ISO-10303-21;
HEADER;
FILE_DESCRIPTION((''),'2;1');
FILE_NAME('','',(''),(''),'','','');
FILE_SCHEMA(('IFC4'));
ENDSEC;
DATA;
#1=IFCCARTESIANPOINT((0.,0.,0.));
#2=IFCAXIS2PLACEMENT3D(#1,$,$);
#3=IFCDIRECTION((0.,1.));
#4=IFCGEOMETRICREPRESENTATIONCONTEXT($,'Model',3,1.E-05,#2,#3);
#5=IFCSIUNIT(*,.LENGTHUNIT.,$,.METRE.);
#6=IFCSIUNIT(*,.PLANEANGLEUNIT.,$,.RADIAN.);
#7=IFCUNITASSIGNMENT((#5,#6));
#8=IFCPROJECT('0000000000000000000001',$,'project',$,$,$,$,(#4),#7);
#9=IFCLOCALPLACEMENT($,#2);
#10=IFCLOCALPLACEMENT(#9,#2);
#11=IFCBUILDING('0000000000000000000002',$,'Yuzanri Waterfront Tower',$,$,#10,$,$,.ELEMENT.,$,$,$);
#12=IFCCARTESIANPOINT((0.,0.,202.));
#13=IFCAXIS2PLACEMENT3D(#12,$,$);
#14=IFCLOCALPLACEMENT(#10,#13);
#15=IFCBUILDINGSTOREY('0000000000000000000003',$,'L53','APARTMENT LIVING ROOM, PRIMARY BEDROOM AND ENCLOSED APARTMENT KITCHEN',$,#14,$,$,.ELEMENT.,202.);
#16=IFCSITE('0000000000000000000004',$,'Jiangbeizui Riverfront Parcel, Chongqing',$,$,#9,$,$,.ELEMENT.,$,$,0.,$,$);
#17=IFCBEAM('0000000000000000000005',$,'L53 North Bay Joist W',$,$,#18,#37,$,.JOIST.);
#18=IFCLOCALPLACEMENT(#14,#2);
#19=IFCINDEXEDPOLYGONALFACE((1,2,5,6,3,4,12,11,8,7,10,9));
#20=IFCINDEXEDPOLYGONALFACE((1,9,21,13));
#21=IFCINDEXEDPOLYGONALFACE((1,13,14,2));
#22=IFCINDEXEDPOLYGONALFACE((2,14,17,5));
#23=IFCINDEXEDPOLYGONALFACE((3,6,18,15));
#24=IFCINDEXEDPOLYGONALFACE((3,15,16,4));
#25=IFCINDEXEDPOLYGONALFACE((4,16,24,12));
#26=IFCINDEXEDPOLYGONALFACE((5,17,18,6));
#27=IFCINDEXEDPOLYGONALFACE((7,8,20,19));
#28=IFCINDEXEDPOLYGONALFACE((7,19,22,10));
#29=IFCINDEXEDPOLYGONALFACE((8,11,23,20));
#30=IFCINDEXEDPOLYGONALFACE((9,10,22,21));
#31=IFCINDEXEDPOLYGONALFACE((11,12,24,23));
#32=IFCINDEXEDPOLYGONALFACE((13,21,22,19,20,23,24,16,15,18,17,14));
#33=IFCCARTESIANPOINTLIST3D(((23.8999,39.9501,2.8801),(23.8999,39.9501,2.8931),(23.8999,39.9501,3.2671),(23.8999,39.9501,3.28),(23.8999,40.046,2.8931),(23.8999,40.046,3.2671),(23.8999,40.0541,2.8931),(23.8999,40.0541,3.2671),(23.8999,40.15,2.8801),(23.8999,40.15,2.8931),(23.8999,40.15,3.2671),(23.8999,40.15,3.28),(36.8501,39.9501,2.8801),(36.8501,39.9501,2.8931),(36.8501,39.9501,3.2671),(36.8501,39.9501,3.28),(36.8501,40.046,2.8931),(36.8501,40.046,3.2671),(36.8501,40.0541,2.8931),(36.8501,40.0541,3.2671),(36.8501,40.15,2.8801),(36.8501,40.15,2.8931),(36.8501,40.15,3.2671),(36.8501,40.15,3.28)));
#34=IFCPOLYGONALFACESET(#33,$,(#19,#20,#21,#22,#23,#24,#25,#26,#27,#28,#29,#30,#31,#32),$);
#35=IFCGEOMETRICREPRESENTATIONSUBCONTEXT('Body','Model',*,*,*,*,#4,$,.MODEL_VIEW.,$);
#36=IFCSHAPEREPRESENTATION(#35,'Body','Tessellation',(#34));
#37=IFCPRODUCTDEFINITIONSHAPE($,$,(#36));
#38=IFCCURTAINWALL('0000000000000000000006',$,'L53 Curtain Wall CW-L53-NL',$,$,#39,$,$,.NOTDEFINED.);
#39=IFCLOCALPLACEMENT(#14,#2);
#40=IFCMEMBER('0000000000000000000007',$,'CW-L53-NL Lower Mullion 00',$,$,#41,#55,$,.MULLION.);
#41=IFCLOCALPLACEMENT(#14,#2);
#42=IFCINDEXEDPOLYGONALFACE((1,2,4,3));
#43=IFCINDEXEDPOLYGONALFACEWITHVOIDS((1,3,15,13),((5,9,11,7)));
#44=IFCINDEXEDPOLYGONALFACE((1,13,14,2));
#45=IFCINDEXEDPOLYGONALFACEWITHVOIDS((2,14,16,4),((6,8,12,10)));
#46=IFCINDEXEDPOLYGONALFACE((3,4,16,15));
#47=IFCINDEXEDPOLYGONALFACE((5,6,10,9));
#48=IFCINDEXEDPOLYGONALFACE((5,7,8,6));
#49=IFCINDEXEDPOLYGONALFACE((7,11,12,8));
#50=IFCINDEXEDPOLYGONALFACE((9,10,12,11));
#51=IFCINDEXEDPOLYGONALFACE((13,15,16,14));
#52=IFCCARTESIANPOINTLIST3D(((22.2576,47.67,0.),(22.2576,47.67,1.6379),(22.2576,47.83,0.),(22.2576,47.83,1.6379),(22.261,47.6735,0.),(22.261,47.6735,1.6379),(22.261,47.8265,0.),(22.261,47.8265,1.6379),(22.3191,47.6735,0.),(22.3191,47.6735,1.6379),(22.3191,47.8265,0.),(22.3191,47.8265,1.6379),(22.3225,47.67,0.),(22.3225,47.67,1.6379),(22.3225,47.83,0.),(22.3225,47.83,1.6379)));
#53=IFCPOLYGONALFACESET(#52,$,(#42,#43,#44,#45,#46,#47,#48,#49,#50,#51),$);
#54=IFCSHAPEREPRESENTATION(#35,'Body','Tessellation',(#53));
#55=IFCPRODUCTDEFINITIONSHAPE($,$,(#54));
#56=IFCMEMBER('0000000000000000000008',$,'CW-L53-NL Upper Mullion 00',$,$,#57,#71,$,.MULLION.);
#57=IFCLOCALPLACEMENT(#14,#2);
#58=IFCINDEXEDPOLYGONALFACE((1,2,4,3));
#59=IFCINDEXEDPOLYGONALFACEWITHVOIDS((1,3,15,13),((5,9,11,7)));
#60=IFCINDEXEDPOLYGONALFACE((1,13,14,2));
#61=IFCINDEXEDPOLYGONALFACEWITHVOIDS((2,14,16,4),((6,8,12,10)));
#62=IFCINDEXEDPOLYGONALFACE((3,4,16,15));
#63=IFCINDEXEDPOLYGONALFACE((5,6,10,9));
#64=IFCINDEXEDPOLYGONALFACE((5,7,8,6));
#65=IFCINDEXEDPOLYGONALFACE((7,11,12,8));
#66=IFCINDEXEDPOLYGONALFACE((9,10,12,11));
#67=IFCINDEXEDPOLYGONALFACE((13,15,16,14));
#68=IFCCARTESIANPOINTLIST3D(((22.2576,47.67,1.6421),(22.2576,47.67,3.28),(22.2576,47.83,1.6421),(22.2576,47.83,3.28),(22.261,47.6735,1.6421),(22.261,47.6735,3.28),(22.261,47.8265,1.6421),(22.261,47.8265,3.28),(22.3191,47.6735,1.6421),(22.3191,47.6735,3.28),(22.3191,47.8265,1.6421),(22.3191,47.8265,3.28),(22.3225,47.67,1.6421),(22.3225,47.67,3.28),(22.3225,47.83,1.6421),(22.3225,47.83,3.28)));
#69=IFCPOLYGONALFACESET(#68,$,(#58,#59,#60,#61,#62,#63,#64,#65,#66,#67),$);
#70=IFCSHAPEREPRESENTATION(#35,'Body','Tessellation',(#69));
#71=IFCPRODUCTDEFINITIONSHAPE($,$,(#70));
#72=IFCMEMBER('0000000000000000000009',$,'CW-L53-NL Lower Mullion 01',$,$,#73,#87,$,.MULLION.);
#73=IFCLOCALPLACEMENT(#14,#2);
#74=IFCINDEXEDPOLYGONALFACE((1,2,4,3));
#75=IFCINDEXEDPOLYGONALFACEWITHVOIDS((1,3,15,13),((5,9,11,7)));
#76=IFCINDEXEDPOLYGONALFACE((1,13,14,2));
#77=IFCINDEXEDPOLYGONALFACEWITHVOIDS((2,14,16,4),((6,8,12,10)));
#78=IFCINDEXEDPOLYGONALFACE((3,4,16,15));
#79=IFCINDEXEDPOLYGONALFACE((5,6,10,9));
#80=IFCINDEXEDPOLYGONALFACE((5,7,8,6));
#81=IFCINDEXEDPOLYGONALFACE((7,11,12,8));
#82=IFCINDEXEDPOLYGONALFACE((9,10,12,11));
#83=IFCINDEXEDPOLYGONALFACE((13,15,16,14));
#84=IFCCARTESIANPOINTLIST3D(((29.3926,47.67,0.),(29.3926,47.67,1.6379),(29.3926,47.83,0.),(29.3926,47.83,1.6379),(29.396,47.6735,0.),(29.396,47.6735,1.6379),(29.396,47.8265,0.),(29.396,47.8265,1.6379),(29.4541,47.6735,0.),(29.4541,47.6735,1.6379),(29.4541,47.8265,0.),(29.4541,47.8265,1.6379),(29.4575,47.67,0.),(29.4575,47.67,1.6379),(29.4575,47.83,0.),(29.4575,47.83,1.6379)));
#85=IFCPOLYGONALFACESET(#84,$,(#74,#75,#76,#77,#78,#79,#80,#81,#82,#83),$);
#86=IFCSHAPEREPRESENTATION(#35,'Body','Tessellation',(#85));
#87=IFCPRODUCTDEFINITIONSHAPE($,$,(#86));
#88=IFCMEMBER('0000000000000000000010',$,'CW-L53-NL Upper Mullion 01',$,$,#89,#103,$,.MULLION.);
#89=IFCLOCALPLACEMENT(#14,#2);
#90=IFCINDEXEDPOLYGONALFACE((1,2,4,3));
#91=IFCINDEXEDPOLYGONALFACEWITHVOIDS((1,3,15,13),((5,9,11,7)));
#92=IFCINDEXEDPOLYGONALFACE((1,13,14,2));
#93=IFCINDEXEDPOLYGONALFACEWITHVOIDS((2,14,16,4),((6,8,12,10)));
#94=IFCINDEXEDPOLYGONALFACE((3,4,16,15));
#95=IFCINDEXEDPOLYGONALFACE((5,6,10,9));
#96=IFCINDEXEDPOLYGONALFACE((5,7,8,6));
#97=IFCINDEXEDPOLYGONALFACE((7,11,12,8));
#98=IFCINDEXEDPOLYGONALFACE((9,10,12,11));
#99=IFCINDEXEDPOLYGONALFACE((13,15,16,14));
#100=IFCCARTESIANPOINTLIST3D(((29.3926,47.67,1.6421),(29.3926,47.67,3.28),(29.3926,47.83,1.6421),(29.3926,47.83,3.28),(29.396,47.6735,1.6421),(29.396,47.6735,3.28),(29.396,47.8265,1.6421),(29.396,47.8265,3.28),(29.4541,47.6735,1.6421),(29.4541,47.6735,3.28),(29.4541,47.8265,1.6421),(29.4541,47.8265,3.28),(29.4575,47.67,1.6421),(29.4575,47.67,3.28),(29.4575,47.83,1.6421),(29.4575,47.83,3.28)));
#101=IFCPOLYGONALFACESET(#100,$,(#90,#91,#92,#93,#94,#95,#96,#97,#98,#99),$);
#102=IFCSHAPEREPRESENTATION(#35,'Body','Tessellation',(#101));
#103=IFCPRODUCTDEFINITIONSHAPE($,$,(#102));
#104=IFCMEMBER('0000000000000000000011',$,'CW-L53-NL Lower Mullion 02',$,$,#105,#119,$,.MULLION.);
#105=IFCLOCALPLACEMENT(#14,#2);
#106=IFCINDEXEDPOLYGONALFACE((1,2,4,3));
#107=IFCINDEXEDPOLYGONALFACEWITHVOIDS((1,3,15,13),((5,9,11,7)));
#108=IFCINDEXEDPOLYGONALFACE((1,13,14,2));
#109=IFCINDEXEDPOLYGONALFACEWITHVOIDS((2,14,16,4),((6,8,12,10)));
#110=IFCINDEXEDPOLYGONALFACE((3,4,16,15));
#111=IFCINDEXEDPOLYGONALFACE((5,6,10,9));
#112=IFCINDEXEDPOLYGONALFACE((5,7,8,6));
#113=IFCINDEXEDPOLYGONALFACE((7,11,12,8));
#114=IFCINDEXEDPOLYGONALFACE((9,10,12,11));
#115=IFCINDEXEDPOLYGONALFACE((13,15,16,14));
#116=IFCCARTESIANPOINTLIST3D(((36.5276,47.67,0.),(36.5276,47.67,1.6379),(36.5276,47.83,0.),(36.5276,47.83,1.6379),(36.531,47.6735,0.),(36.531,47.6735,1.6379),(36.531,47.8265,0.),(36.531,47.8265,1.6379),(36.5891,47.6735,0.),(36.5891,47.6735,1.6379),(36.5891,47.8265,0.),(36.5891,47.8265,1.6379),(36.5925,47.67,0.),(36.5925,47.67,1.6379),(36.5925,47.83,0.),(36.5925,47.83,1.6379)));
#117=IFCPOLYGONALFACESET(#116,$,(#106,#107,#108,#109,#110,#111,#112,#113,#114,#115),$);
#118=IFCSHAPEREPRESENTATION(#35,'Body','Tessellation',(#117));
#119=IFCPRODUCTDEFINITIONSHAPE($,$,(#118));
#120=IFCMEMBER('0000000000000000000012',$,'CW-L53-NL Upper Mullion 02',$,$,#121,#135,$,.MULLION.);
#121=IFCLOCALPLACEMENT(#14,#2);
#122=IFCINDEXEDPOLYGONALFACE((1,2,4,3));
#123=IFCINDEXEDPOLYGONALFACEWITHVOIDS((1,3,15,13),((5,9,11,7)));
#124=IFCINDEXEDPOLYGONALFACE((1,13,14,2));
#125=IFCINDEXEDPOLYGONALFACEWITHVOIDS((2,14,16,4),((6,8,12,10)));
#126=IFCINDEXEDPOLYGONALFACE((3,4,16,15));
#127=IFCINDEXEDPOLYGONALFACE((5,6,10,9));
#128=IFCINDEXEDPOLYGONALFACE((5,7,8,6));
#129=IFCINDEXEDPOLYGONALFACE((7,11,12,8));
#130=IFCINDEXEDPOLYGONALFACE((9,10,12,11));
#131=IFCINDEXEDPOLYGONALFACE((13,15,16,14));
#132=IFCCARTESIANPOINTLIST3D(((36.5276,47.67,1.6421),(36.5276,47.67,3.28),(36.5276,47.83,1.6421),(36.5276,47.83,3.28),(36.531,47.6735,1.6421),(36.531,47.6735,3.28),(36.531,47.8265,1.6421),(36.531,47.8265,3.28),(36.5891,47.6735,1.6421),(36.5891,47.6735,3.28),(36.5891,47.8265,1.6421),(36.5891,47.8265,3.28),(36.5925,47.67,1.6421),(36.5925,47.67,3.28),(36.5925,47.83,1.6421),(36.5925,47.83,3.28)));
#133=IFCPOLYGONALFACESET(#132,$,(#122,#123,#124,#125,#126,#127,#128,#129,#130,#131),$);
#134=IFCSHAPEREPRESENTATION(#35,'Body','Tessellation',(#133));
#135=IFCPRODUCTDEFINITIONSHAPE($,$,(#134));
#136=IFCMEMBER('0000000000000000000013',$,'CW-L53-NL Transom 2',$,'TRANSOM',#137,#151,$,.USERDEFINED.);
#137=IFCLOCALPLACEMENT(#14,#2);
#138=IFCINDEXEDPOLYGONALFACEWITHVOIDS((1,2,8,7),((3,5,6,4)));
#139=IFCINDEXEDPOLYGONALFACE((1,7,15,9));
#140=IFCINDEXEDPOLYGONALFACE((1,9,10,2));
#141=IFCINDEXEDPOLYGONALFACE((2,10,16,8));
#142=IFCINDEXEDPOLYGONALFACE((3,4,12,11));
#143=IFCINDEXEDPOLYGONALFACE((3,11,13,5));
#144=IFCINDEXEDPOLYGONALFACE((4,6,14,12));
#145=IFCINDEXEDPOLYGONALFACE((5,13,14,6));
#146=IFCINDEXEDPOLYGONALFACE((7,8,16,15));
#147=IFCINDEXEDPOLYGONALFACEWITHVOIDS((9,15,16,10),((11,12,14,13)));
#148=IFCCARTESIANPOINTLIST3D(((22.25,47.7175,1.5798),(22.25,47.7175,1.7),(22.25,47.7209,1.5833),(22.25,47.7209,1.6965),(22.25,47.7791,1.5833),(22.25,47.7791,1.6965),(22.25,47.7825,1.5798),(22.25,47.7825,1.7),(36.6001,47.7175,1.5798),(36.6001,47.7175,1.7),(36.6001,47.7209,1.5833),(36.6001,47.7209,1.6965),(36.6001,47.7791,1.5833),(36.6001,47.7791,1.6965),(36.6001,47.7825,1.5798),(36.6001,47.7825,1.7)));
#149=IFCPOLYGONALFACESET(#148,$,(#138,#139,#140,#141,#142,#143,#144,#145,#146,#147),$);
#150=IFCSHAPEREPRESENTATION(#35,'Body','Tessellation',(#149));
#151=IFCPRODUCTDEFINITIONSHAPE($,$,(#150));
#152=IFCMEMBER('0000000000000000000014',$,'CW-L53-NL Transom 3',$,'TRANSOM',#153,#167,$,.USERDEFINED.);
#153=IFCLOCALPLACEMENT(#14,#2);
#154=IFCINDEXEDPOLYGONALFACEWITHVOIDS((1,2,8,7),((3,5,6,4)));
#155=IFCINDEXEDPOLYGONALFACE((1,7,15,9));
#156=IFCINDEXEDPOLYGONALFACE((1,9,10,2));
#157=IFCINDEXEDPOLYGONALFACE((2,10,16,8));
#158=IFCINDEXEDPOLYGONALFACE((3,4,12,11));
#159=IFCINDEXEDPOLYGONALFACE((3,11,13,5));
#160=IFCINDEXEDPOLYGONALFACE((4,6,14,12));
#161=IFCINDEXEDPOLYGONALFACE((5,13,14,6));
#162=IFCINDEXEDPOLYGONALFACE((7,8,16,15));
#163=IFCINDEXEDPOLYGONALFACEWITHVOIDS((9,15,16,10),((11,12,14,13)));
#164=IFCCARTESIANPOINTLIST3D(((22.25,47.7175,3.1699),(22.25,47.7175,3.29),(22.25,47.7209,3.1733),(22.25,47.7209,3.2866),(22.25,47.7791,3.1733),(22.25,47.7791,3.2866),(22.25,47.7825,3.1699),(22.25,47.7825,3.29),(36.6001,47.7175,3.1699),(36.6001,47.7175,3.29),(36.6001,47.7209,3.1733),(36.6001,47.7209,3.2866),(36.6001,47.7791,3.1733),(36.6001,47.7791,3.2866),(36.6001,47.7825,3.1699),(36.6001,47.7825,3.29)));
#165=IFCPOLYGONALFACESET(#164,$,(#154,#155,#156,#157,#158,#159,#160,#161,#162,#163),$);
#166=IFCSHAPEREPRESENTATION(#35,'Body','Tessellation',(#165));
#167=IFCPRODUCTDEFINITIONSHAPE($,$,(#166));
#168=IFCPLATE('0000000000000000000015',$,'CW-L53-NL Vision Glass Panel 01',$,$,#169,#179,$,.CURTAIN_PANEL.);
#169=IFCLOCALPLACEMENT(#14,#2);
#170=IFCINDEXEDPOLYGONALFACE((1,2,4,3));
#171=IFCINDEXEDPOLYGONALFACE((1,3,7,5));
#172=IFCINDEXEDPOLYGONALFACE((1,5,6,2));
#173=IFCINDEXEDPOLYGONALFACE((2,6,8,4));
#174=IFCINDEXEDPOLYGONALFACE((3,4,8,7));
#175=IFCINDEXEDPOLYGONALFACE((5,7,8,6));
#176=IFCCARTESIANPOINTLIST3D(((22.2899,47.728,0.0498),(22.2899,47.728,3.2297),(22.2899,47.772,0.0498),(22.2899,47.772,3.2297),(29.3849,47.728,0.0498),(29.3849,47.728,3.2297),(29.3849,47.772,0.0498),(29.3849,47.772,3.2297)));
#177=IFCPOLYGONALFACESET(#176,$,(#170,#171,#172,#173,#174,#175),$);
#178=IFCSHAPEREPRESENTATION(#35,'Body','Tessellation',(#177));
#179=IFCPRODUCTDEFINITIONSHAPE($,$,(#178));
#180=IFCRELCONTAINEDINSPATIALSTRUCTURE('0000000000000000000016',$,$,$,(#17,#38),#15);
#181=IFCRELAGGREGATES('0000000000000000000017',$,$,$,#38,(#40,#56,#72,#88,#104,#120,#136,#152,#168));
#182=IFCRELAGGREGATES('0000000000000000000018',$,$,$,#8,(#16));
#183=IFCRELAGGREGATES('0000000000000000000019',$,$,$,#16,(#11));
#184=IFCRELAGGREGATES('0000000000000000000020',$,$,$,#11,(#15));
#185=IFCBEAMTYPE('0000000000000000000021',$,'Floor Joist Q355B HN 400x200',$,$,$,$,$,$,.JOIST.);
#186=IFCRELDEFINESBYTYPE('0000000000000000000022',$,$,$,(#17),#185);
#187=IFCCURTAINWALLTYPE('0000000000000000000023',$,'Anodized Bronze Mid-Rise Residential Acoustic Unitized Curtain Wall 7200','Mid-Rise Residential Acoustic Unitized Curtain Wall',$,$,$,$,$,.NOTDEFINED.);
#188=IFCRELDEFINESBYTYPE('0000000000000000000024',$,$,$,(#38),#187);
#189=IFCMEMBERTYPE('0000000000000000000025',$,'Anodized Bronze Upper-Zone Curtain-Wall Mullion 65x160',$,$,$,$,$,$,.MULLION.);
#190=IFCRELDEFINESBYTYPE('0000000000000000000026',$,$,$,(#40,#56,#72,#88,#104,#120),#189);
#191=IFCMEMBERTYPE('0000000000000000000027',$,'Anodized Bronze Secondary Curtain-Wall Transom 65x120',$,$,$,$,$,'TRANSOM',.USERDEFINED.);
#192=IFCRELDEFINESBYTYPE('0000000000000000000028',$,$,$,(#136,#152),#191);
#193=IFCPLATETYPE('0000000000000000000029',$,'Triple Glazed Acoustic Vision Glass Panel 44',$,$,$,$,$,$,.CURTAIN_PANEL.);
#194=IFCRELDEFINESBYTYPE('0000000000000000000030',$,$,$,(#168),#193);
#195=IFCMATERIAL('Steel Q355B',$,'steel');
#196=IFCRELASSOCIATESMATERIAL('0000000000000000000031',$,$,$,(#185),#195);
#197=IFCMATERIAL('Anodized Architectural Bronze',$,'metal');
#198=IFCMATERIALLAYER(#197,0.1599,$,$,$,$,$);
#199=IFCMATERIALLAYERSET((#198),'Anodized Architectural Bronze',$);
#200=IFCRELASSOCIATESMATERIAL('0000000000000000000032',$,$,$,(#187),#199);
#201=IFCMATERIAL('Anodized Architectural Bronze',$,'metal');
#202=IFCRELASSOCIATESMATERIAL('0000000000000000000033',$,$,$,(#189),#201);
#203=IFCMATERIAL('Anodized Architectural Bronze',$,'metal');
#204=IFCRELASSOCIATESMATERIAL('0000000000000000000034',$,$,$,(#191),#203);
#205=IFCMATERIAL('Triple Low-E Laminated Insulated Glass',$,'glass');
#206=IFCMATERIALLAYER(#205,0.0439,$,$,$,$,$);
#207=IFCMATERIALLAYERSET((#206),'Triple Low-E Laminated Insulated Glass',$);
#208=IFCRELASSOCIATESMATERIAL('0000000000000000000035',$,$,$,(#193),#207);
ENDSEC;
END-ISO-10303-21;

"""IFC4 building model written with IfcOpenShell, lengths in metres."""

from ifc_helpers import new_model, si_unit, direction, frame, origin, origin_2d, place, context, subcontext, project, spatial, rectangle, hollow_rectangle, i_section, extrude, source, transform, mapped, material, layer, layer_set, material_profile, profile_set, type_object, element, aggregate, save


model = new_model("IFC4")

# Units and contexts
model_context = context("Model", 3, precision=1e-05, world=origin(), true_north=direction((0.0, 1.0)))
body_context = subcontext(model_context, "Body", "Model", "MODEL_VIEW")
ifc_project = project(units=[si_unit("LENGTHUNIT", "METRE"), si_unit("PLANEANGLEUNIT", "RADIAN")], contexts=[model_context])

# Site, building, storey
site_placement = place(None, origin())
site = spatial("IfcSite", under=ifc_project, at=site_placement, Name="Jiangbeizui Riverfront Parcel, Chongqing", CompositionType="ELEMENT", RefElevation=0.0)
building_placement = place(site_placement, origin())
building = spatial("IfcBuilding", under=site, at=building_placement, Name="Yuzanri Waterfront Tower", CompositionType="ELEMENT")
storey_placement = place(building_placement, frame((0.0, 0.0, 202.0)))
storey = spatial("IfcBuildingStorey", under=building, at=storey_placement, Name="L53", Description="APARTMENT LIVING ROOM, PRIMARY BEDROOM AND ENCLOSED APARTMENT KITCHEN", CompositionType="ELEMENT", Elevation=202.0)

# Beam
ifc_material_1 = material(Name="Steel Q355B", Category="steel")
ifc_material_profile_1 = material_profile(ifc_material_1, i_section(OverallWidth=0.2, OverallDepth=0.3999, WebThickness=0.0081, FlangeThickness=0.0129, at=origin_2d()), Name="HN 400x200x8x13")
ifc_profile_set_1 = profile_set([ifc_material_profile_1], Name="Steel Q355B")
beam_type = type_object("IfcBeamType", Name="Floor Joist Q355B HN 400x200", PredefinedType="JOIST", material=ifc_profile_set_1)
shared_shape_1 = source(origin(), body_context, "Body", "SweptSolid", [
    extrude(i_section(OverallWidth=0.2, OverallDepth=0.3999, WebThickness=0.0081, FlangeThickness=0.0129, at=origin_2d()), origin(), (0.0, 0.0, 1.0), 12.9502),
])
beam_placement = place(storey_placement, frame((23.8999, 40.05, 3.0801), z_axis=(1.0, 0.0, 0.0), x_axis=(0.0, 1.0, 0.0)))
element("IfcBeam", 1, at=beam_placement, inside=storey, type_object=beam_type, Name="L53 North Bay Joist W", PredefinedType="JOIST", context=body_context, shape_type="MappedRepresentation", body=[
    mapped(shared_shape_1, transform((0.0, 0.0, 0.0), scale=1.0)),
])

# Curtain wall, members, plate
ifc_material_2 = material(Name="Anodized Architectural Bronze", Category="metal")
ifc_layer_1 = layer(ifc_material_2, 0.1599)
ifc_layer_set_1 = layer_set([ifc_layer_1], Name="Anodized Architectural Bronze")
curtain_wall_type = type_object("IfcCurtainWallType", Name="Anodized Bronze Mid-Rise Residential Acoustic Unitized Curtain Wall 7200", Description="Mid-Rise Residential Acoustic Unitized Curtain Wall", PredefinedType="NOTDEFINED", material=ifc_layer_set_1)
curtain_wall_placement = place(storey_placement, origin())
curtain_wall = element("IfcCurtainWall", 2, at=curtain_wall_placement, inside=storey, type_object=curtain_wall_type, Name="L53 Curtain Wall CW-L53-NL", PredefinedType="NOTDEFINED")
ifc_material_3 = material(Name="Anodized Architectural Bronze", Category="metal")
ifc_material_profile_2 = material_profile(ifc_material_3, hollow_rectangle(XDim=0.0649, YDim=0.1599, WallThickness=0.0034, at=origin_2d()), Name="CWM 65x160")
ifc_profile_set_2 = profile_set([ifc_material_profile_2], Name="Anodized Architectural Bronze")
member_type_1 = type_object("IfcMemberType", Name="Anodized Bronze Upper-Zone Curtain-Wall Mullion 65x160", PredefinedType="MULLION", material=ifc_profile_set_2)
shared_shape_2 = source(origin(), body_context, "Body", "SweptSolid", [
    extrude(hollow_rectangle(XDim=0.0649, YDim=0.1599, WallThickness=0.0034, at=origin_2d()), origin(), (0.0, 0.0, 1.0), 1.6379),
])
member_1_placement = place(storey_placement, frame((22.29, 47.75, 0.0), z_axis=(0.0, 0.0, 1.0), x_axis=(1.0, 0.0, 0.0)))
member_1 = element("IfcMember", 3, at=member_1_placement, type_object=member_type_1, Name="CW-L53-NL Lower Mullion 00", PredefinedType="MULLION", context=body_context, shape_type="MappedRepresentation", body=[
    mapped(shared_shape_2, transform((0.0, 0.0, 0.0), scale=1.0)),
])
member_2_placement = place(storey_placement, frame((22.29, 47.75, 1.6421), z_axis=(0.0, 0.0, 1.0), x_axis=(1.0, 0.0, 0.0)))
member_2 = element("IfcMember", 4, at=member_2_placement, type_object=member_type_1, Name="CW-L53-NL Upper Mullion 00", PredefinedType="MULLION", context=body_context, shape_type="MappedRepresentation", body=[
    mapped(shared_shape_2, transform((0.0, 0.0, 0.0), scale=1.0)),
])
member_3_placement = place(storey_placement, frame((29.425, 47.75, 0.0), z_axis=(0.0, 0.0, 1.0), x_axis=(1.0, 0.0, 0.0)))
member_3 = element("IfcMember", 5, at=member_3_placement, type_object=member_type_1, Name="CW-L53-NL Lower Mullion 01", PredefinedType="MULLION", context=body_context, shape_type="MappedRepresentation", body=[
    mapped(shared_shape_2, transform((0.0, 0.0, 0.0), scale=1.0)),
])
member_4_placement = place(storey_placement, frame((29.425, 47.75, 1.6421), z_axis=(0.0, 0.0, 1.0), x_axis=(1.0, 0.0, 0.0)))
member_4 = element("IfcMember", 6, at=member_4_placement, type_object=member_type_1, Name="CW-L53-NL Upper Mullion 01", PredefinedType="MULLION", context=body_context, shape_type="MappedRepresentation", body=[
    mapped(shared_shape_2, transform((0.0, 0.0, 0.0), scale=1.0)),
])
member_5_placement = place(storey_placement, frame((36.5601, 47.75, 0.0), z_axis=(0.0, 0.0, 1.0), x_axis=(1.0, 0.0, 0.0)))
member_5 = element("IfcMember", 7, at=member_5_placement, type_object=member_type_1, Name="CW-L53-NL Lower Mullion 02", PredefinedType="MULLION", context=body_context, shape_type="MappedRepresentation", body=[
    mapped(shared_shape_2, transform((0.0, 0.0, 0.0), scale=1.0)),
])
member_6_placement = place(storey_placement, frame((36.5601, 47.75, 1.6421), z_axis=(0.0, 0.0, 1.0), x_axis=(1.0, 0.0, 0.0)))
member_6 = element("IfcMember", 8, at=member_6_placement, type_object=member_type_1, Name="CW-L53-NL Upper Mullion 02", PredefinedType="MULLION", context=body_context, shape_type="MappedRepresentation", body=[
    mapped(shared_shape_2, transform((0.0, 0.0, 0.0), scale=1.0)),
])
ifc_material_4 = material(Name="Anodized Architectural Bronze", Category="metal")
ifc_material_profile_3 = material_profile(ifc_material_4, hollow_rectangle(XDim=0.0649, YDim=0.1201, WallThickness=0.0034, at=origin_2d()), Name="CWT 65x120")
ifc_profile_set_3 = profile_set([ifc_material_profile_3], Name="Anodized Architectural Bronze")
member_type_2 = type_object("IfcMemberType", Name="Anodized Bronze Secondary Curtain-Wall Transom 65x120", ElementType="TRANSOM", PredefinedType="USERDEFINED", material=ifc_profile_set_3)
shared_shape_3 = source(origin(), body_context, "Body", "SweptSolid", [
    extrude(hollow_rectangle(XDim=0.0649, YDim=0.1201, WallThickness=0.0034, at=origin_2d()), origin(), (0.0, 0.0, 1.0), 14.3501),
])
member_7_placement = place(storey_placement, frame((22.25, 47.75, 1.6399), z_axis=(1.0, 0.0, 0.0), x_axis=(0.0, 1.0, 0.0)))
member_7 = element("IfcMember", 9, at=member_7_placement, type_object=member_type_2, Name="CW-L53-NL Transom 2", ObjectType="TRANSOM", PredefinedType="USERDEFINED", context=body_context, shape_type="MappedRepresentation", body=[
    mapped(shared_shape_3, transform((0.0, 0.0, 0.0), scale=1.0)),
])
member_8_placement = place(storey_placement, frame((22.25, 47.75, 3.23), z_axis=(1.0, 0.0, 0.0), x_axis=(0.0, 1.0, 0.0)))
member_8 = element("IfcMember", 10, at=member_8_placement, type_object=member_type_2, Name="CW-L53-NL Transom 3", ObjectType="TRANSOM", PredefinedType="USERDEFINED", context=body_context, shape_type="MappedRepresentation", body=[
    mapped(shared_shape_3, transform((0.0, 0.0, 0.0), scale=1.0)),
])
ifc_material_5 = material(Name="Triple Low-E Laminated Insulated Glass", Category="glass")
ifc_layer_2 = layer(ifc_material_5, 0.0439)
ifc_layer_set_2 = layer_set([ifc_layer_2], Name="Triple Low-E Laminated Insulated Glass")
plate_type = type_object("IfcPlateType", Name="Triple Glazed Acoustic Vision Glass Panel 44", PredefinedType="CURTAIN_PANEL", material=ifc_layer_set_2)
shared_shape_4 = source(origin(), body_context, "Body", "SweptSolid", [
    extrude(rectangle(XDim=7.095, YDim=0.0439, at=origin_2d()), origin(), (0.0, 0.0, 1.0), 3.1799),
])
plate_1_placement = place(storey_placement, frame((25.8374, 47.75, 0.0498), z_axis=(0.0, 0.0, 1.0), x_axis=(1.0, 0.0, 0.0)))
plate_1 = element("IfcPlate", 11, at=plate_1_placement, type_object=plate_type, Name="CW-L53-NL Vision Glass Panel 01", PredefinedType="CURTAIN_PANEL", context=body_context, shape_type="MappedRepresentation", body=[
    mapped(shared_shape_4, transform((0.0, 0.0, 0.0), scale=1.0)),
])
aggregate(curtain_wall, [member_1, member_2, member_3, member_4, member_5, member_6, member_7, member_8, plate_1])

save(model, "model.ifc")
